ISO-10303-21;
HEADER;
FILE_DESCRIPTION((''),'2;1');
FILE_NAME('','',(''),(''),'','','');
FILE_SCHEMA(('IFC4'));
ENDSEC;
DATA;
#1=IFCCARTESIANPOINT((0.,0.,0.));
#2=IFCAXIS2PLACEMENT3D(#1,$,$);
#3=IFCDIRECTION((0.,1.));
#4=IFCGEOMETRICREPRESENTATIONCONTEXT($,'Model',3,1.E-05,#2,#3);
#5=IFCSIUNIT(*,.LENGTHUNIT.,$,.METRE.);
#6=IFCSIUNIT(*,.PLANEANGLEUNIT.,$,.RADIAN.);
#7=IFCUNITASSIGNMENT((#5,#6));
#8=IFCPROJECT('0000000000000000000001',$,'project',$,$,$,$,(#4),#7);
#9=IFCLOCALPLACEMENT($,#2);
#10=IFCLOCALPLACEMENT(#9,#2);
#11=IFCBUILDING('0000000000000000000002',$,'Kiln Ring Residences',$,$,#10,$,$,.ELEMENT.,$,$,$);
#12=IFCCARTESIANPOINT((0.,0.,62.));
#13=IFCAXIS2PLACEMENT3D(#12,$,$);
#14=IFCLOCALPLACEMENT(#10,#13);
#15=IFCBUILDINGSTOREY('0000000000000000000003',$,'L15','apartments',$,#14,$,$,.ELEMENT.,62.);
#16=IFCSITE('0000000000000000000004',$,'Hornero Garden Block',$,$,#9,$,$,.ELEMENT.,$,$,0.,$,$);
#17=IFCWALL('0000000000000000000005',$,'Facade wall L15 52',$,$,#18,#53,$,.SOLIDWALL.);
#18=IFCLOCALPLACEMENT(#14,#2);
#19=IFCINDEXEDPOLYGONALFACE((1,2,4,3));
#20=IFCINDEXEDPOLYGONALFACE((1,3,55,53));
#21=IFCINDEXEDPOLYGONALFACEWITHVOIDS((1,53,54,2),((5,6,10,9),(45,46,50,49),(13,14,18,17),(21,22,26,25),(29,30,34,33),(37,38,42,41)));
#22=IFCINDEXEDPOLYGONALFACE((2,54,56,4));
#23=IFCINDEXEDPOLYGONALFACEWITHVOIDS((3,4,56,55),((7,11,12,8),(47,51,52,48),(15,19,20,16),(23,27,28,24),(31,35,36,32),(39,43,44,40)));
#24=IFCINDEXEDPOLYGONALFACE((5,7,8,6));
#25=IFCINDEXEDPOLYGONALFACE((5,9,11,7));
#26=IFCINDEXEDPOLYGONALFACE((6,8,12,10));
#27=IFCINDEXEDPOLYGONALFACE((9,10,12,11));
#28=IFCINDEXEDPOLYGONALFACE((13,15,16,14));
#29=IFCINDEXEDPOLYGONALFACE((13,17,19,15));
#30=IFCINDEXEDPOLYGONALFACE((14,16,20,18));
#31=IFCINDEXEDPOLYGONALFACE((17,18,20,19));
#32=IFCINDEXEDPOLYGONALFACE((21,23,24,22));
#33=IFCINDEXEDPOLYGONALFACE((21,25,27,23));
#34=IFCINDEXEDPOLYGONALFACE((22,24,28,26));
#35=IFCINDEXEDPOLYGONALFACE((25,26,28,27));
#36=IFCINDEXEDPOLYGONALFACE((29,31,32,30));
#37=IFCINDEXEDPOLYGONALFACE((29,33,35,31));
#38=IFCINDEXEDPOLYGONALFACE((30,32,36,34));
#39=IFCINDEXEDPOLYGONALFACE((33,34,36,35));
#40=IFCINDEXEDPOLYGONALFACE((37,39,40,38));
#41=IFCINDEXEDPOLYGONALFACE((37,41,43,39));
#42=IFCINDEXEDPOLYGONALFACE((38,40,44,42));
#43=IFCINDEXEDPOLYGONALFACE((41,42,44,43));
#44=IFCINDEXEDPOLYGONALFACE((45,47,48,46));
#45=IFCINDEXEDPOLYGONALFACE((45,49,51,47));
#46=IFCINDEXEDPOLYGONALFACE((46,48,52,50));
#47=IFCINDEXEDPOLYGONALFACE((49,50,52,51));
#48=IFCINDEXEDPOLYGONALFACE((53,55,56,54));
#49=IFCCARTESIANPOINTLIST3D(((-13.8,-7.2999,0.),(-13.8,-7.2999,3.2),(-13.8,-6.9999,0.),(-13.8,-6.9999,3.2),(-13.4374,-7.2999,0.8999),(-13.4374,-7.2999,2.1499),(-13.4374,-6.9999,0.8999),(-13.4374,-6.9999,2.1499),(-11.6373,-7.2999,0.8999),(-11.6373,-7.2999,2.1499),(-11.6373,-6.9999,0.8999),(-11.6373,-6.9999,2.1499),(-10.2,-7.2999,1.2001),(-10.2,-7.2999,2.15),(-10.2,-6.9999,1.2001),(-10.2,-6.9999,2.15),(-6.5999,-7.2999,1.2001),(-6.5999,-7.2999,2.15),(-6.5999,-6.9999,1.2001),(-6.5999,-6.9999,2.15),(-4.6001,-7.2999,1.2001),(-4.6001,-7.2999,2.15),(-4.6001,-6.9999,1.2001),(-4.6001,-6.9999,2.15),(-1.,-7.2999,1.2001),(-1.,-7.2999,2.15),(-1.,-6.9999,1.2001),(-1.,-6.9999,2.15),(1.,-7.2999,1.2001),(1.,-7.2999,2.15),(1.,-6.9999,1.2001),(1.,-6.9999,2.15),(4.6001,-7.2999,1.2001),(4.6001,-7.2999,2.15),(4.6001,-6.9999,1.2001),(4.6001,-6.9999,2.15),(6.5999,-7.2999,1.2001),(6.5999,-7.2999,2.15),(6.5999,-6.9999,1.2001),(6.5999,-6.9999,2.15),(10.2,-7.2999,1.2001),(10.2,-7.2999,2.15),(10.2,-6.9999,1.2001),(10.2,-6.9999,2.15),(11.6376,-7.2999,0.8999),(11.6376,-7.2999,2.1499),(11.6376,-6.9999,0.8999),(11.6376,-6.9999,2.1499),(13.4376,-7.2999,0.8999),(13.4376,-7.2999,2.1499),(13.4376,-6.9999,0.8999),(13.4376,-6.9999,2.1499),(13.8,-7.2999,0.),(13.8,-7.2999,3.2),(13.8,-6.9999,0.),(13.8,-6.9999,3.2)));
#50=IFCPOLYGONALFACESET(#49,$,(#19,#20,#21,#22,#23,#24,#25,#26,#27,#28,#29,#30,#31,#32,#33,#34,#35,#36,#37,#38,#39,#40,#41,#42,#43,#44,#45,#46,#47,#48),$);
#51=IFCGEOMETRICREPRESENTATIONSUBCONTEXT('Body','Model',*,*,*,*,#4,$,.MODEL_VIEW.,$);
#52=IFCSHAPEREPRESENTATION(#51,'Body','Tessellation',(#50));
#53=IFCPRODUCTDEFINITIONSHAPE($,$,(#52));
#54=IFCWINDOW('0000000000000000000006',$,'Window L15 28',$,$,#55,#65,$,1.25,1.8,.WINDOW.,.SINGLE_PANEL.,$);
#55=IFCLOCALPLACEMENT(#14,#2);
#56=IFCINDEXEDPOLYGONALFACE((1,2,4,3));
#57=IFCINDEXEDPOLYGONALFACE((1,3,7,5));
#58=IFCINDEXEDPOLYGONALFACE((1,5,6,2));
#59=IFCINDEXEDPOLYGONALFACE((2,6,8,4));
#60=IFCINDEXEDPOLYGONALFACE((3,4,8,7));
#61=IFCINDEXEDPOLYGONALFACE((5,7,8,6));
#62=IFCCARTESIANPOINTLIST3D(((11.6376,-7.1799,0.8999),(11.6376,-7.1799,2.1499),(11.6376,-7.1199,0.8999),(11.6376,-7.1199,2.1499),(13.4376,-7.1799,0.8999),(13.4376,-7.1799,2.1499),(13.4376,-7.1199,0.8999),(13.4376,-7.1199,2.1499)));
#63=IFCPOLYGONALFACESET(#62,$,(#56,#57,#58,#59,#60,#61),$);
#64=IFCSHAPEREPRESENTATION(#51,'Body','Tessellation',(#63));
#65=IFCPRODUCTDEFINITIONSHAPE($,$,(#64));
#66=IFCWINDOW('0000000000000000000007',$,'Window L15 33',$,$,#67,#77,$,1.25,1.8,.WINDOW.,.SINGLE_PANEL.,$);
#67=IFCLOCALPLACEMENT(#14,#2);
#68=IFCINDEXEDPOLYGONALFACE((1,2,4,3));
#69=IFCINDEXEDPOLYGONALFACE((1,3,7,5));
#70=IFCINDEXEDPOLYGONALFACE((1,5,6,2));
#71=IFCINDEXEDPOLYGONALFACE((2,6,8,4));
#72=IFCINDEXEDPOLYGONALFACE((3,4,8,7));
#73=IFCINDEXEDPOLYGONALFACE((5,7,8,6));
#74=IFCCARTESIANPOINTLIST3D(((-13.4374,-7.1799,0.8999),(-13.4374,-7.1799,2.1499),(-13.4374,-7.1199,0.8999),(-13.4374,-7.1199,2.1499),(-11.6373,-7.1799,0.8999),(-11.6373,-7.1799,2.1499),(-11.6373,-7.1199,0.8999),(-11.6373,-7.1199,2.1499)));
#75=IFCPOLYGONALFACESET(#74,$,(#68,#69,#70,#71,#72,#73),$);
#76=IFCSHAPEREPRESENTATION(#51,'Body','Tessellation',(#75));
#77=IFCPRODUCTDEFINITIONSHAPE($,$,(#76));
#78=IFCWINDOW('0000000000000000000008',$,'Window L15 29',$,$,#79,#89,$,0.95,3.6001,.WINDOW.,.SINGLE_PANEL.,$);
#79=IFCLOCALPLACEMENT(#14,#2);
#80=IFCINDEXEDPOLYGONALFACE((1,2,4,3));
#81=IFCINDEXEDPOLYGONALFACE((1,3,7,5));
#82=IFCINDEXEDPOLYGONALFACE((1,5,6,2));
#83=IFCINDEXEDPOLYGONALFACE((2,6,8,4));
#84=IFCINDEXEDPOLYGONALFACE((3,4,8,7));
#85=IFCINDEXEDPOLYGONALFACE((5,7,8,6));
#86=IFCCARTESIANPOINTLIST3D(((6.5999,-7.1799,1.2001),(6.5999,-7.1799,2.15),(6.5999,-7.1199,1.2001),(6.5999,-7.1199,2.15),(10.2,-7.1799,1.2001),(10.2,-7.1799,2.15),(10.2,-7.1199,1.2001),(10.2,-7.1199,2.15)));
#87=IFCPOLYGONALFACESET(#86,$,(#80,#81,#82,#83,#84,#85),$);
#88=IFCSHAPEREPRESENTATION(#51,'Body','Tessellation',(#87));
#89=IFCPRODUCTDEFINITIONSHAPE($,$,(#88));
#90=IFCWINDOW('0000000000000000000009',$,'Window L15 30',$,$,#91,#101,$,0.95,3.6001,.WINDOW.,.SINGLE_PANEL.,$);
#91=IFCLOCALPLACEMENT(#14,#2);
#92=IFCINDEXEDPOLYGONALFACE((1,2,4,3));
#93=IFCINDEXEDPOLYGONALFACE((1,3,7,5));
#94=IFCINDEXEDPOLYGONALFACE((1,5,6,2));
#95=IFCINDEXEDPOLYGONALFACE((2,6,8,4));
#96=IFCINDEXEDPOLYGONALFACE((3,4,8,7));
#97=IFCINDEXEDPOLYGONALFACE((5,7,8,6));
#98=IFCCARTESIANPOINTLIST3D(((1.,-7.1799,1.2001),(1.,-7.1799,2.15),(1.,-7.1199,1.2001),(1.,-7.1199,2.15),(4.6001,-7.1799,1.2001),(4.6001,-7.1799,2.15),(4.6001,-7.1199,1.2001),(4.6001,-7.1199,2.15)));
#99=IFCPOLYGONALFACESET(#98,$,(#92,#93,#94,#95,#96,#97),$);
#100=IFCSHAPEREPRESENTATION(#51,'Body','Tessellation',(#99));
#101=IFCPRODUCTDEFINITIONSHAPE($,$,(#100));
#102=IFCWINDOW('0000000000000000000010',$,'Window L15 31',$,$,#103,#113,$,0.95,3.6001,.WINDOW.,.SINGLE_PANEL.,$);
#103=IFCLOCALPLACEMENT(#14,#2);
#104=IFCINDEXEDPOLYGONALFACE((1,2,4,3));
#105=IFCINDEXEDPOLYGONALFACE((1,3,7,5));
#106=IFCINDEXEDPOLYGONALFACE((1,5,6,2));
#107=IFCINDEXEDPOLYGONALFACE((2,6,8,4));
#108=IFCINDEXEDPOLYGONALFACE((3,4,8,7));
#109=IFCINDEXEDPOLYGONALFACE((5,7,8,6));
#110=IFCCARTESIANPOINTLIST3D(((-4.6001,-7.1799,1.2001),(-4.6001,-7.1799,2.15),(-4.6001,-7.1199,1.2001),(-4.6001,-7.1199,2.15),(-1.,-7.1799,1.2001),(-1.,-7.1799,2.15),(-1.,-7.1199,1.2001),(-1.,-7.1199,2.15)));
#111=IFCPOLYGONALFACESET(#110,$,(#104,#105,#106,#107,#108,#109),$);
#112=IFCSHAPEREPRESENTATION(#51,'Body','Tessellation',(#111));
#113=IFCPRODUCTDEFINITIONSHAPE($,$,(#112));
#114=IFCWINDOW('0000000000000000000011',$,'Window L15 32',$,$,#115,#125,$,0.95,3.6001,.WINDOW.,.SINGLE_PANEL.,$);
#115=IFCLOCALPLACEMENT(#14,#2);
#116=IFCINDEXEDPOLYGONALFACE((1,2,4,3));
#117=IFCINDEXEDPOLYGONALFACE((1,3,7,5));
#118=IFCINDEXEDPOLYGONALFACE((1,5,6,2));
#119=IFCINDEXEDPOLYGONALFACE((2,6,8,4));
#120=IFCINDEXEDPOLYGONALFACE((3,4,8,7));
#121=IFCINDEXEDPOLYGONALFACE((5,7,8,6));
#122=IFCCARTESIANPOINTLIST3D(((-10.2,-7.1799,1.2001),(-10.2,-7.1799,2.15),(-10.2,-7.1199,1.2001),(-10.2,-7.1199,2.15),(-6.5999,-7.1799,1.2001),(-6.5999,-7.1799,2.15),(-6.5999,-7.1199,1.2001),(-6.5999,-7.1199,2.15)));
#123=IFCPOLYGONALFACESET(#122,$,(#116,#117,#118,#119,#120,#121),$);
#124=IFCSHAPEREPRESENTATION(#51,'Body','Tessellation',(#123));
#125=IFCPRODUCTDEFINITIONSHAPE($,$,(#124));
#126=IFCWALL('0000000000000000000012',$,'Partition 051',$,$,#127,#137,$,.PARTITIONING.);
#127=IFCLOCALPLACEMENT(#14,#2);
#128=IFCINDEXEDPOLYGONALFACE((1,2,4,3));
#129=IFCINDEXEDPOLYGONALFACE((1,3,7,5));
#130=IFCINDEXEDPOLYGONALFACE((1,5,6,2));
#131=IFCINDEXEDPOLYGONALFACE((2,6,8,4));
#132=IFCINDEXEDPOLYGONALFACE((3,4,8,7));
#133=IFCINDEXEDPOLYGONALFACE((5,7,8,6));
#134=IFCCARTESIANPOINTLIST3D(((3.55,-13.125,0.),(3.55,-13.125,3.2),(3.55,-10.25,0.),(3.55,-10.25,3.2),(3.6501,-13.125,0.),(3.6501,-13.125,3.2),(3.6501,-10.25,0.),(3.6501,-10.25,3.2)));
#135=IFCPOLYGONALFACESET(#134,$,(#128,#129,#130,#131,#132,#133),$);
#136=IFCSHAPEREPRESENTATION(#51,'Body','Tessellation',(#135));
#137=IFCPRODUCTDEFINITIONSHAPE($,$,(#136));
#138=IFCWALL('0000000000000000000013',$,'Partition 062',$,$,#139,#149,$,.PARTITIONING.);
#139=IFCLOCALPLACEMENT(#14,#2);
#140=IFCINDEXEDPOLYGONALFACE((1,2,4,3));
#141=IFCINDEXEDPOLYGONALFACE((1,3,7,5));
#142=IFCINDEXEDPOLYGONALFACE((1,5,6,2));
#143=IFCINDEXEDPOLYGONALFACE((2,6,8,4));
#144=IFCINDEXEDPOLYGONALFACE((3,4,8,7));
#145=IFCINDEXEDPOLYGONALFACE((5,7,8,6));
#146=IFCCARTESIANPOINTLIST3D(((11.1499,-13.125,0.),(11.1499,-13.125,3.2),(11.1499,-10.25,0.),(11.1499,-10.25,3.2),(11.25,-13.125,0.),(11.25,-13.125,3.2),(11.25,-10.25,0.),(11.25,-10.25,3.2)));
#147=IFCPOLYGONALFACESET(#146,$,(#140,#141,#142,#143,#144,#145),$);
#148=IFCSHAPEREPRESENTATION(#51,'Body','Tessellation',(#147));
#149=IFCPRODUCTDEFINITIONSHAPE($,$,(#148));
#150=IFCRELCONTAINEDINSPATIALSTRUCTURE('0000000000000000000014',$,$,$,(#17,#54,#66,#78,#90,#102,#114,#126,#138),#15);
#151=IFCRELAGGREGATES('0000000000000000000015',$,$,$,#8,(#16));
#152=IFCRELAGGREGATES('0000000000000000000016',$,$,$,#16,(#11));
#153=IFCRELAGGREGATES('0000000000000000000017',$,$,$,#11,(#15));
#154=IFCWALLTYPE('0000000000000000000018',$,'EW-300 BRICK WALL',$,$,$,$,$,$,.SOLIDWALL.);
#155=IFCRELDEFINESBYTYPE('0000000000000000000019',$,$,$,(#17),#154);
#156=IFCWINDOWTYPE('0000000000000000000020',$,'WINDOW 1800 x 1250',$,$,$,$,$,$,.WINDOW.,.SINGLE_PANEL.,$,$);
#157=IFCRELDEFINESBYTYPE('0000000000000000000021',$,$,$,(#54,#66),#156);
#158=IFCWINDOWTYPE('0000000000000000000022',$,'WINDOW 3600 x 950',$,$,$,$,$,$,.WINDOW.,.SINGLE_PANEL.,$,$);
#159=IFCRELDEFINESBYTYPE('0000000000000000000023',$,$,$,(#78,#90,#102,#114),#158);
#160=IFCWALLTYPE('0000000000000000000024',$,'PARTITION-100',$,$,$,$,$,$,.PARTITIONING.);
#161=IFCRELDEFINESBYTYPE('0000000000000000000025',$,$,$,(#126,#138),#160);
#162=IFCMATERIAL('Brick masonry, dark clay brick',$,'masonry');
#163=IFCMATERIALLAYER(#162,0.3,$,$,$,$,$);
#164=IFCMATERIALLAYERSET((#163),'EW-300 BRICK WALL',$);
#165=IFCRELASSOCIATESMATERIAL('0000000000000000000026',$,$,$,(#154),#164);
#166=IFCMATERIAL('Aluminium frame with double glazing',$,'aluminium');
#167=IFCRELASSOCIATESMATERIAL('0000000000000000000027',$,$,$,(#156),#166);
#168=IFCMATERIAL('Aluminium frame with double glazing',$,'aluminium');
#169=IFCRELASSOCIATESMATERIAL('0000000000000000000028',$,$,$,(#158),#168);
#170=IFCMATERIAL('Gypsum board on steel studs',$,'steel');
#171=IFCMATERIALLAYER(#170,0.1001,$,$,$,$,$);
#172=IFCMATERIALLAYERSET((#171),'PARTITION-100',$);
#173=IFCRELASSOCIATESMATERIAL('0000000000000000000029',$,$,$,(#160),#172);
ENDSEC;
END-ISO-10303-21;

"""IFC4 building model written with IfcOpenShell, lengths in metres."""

from ifc_helpers import new_model, si_unit, direction, frame, frame_2d, origin, place, context, subcontext, project, spatial, rectangle, extrude, material, layer, layer_set, type_object, element, fill, save


model = new_model("IFC4")

# Units and contexts
model_context = context("Model", 3, precision=1e-05, world=origin(), true_north=direction((0.0, 1.0)))
body_context = subcontext(model_context, "Body", "Model", "MODEL_VIEW")
ifc_project = project(units=[si_unit("LENGTHUNIT", "METRE"), si_unit("PLANEANGLEUNIT", "RADIAN")], contexts=[model_context])

# Site, building, storey
site_placement = place(None, origin())
site = spatial("IfcSite", under=ifc_project, at=site_placement, Name="Hornero Garden Block", CompositionType="ELEMENT", RefElevation=0.0)
building_placement = place(site_placement, origin())
building = spatial("IfcBuilding", under=site, at=building_placement, Name="Kiln Ring Residences", CompositionType="ELEMENT")
storey_placement = place(building_placement, frame((0.0, 0.0, 62.0)))
storey = spatial("IfcBuildingStorey", under=building, at=storey_placement, Name="L15", Description="apartments", CompositionType="ELEMENT", Elevation=62.0)

# Wall, openings, windows
ifc_material_1 = material(Name="Brick masonry, dark clay brick", Category="masonry")
ifc_layer_1 = layer(ifc_material_1, 0.3)
ifc_layer_set_1 = layer_set([ifc_layer_1], Name="EW-300 BRICK WALL")
wall_type_1 = type_object("IfcWallType", Name="EW-300 BRICK WALL", PredefinedType="SOLIDWALL", material=ifc_layer_set_1)
wall_1_placement = place(storey_placement, frame((13.8, -7.1499, 0.0), z_axis=(0.0, 0.0, 1.0), x_axis=(-1.0, 0.0, 0.0)))
wall_1 = element("IfcWall", 1, at=wall_1_placement, inside=storey, type_object=wall_type_1, Name="Facade wall L15 52", PredefinedType="SOLIDWALL", context=body_context, shape_type="SweptSolid", body=[
    extrude(rectangle(XDim=27.6001, YDim=0.3, at=frame_2d((13.8, 0.0))), origin(), (0.0, 0.0, 1.0), 3.2),
])
opening_1_placement = place(wall_1_placement, frame((0.3625, 0.0, 0.8999)))
opening_1 = element("IfcOpeningElement", 2, at=opening_1_placement, cuts=wall_1, PredefinedType="OPENING", context=body_context, shape_type="SweptSolid", body=[
    extrude(rectangle(XDim=1.8, YDim=1.25, at=frame_2d((0.8999, 0.625))), frame((0.0, 0.1599, 0.0), z_axis=(0.0, -1.0, 0.0), x_axis=(1.0, 0.0, 0.0)), (0.0, 0.0, 1.0), 0.3201),
])
opening_2_placement = place(wall_1_placement, frame((3.6001, 0.0, 1.2)))
opening_2 = element("IfcOpeningElement", 3, at=opening_2_placement, cuts=wall_1, PredefinedType="OPENING", context=body_context, shape_type="SweptSolid", body=[
    extrude(rectangle(XDim=3.6001, YDim=0.95, at=frame_2d((1.8, 0.4751))), frame((0.0, 0.1599, 0.0), z_axis=(0.0, -1.0, 0.0), x_axis=(1.0, 0.0, 0.0)), (0.0, 0.0, 1.0), 0.3201),
])
opening_3_placement = place(wall_1_placement, frame((9.2, 0.0, 1.2)))
opening_3 = element("IfcOpeningElement", 4, at=opening_3_placement, cuts=wall_1, PredefinedType="OPENING", context=body_context, shape_type="SweptSolid", body=[
    extrude(rectangle(XDim=3.6001, YDim=0.95, at=frame_2d((1.8, 0.4751))), frame((0.0, 0.1599, 0.0), z_axis=(0.0, -1.0, 0.0), x_axis=(1.0, 0.0, 0.0)), (0.0, 0.0, 1.0), 0.3201),
])
opening_4_placement = place(wall_1_placement, frame((14.8, 0.0, 1.2)))
opening_4 = element("IfcOpeningElement", 5, at=opening_4_placement, cuts=wall_1, PredefinedType="OPENING", context=body_context, shape_type="SweptSolid", body=[
    extrude(rectangle(XDim=3.6001, YDim=0.95, at=frame_2d((1.8, 0.4751))), frame((0.0, 0.1599, 0.0), z_axis=(0.0, -1.0, 0.0), x_axis=(1.0, 0.0, 0.0)), (0.0, 0.0, 1.0), 0.3201),
])
opening_5_placement = place(wall_1_placement, frame((20.3999, 0.0, 1.2)))
opening_5 = element("IfcOpeningElement", 6, at=opening_5_placement, cuts=wall_1, PredefinedType="OPENING", context=body_context, shape_type="SweptSolid", body=[
    extrude(rectangle(XDim=3.6001, YDim=0.95, at=frame_2d((1.8, 0.4751))), frame((0.0, 0.1599, 0.0), z_axis=(0.0, -1.0, 0.0), x_axis=(1.0, 0.0, 0.0)), (0.0, 0.0, 1.0), 0.3201),
])
opening_6_placement = place(wall_1_placement, frame((25.4375, 0.0, 0.8999)))
opening_6 = element("IfcOpeningElement", 7, at=opening_6_placement, cuts=wall_1, PredefinedType="OPENING", context=body_context, shape_type="SweptSolid", body=[
    extrude(rectangle(XDim=1.8, YDim=1.25, at=frame_2d((0.8999, 0.625))), frame((0.0, 0.1599, 0.0), z_axis=(0.0, -1.0, 0.0), x_axis=(1.0, 0.0, 0.0)), (0.0, 0.0, 1.0), 0.3201),
])
ifc_material_2 = material(Name="Aluminium frame with double glazing", Category="aluminium")
window_type_1 = type_object("IfcWindowType", Name="WINDOW 1800 x 1250", PartitioningType="SINGLE_PANEL", PredefinedType="WINDOW", material=ifc_material_2)
window_1_placement = place(opening_1_placement, origin())
window_1 = element("IfcWindow", 8, at=window_1_placement, inside=storey, type_object=window_type_1, Name="Window L15 28", OverallHeight=1.25, OverallWidth=1.8, PartitioningType="SINGLE_PANEL", PredefinedType="WINDOW", context=body_context, shape_type="SweptSolid", body=[
    extrude(rectangle(XDim=1.8, YDim=1.25, at=frame_2d((0.8999, 0.625))), frame((0.0, 0.03, 0.0), z_axis=(0.0, -1.0, 0.0), x_axis=(1.0, 0.0, 0.0)), (0.0, 0.0, 1.0), 0.0601),
])
fill(opening_1, window_1)
window_2_placement = place(opening_6_placement, origin())
window_2 = element("IfcWindow", 9, at=window_2_placement, inside=storey, type_object=window_type_1, Name="Window L15 33", OverallHeight=1.25, OverallWidth=1.8, PartitioningType="SINGLE_PANEL", PredefinedType="WINDOW", context=body_context, shape_type="SweptSolid", body=[
    extrude(rectangle(XDim=1.8, YDim=1.25, at=frame_2d((0.8999, 0.625))), frame((0.0, 0.03, 0.0), z_axis=(0.0, -1.0, 0.0), x_axis=(1.0, 0.0, 0.0)), (0.0, 0.0, 1.0), 0.0601),
])
fill(opening_6, window_2)
ifc_material_3 = material(Name="Aluminium frame with double glazing", Category="aluminium")
window_type_2 = type_object("IfcWindowType", Name="WINDOW 3600 x 950", PartitioningType="SINGLE_PANEL", PredefinedType="WINDOW", material=ifc_material_3)
window_3_placement = place(opening_2_placement, origin())
window_3 = element("IfcWindow", 10, at=window_3_placement, inside=storey, type_object=window_type_2, Name="Window L15 29", OverallHeight=0.95, OverallWidth=3.6001, PartitioningType="SINGLE_PANEL", PredefinedType="WINDOW", context=body_context, shape_type="SweptSolid", body=[
    extrude(rectangle(XDim=3.6001, YDim=0.95, at=frame_2d((1.8, 0.4751))), frame((0.0, 0.03, 0.0), z_axis=(0.0, -1.0, 0.0), x_axis=(1.0, 0.0, 0.0)), (0.0, 0.0, 1.0), 0.0601),
])
fill(opening_2, window_3)
window_4_placement = place(opening_3_placement, origin())
window_4 = element("IfcWindow", 11, at=window_4_placement, inside=storey, type_object=window_type_2, Name="Window L15 30", OverallHeight=0.95, OverallWidth=3.6001, PartitioningType="SINGLE_PANEL", PredefinedType="WINDOW", context=body_context, shape_type="SweptSolid", body=[
    extrude(rectangle(XDim=3.6001, YDim=0.95, at=frame_2d((1.8, 0.4751))), frame((0.0, 0.03, 0.0), z_axis=(0.0, -1.0, 0.0), x_axis=(1.0, 0.0, 0.0)), (0.0, 0.0, 1.0), 0.0601),
])
fill(opening_3, window_4)
window_5_placement = place(opening_4_placement, origin())
window_5 = element("IfcWindow", 12, at=window_5_placement, inside=storey, type_object=window_type_2, Name="Window L15 31", OverallHeight=0.95, OverallWidth=3.6001, PartitioningType="SINGLE_PANEL", PredefinedType="WINDOW", context=body_context, shape_type="SweptSolid", body=[
    extrude(rectangle(XDim=3.6001, YDim=0.95, at=frame_2d((1.8, 0.4751))), frame((0.0, 0.03, 0.0), z_axis=(0.0, -1.0, 0.0), x_axis=(1.0, 0.0, 0.0)), (0.0, 0.0, 1.0), 0.0601),
])
fill(opening_4, window_5)
window_6_placement = place(opening_5_placement, origin())
window_6 = element("IfcWindow", 13, at=window_6_placement, inside=storey, type_object=window_type_2, Name="Window L15 32", OverallHeight=0.95, OverallWidth=3.6001, PartitioningType="SINGLE_PANEL", PredefinedType="WINDOW", context=body_context, shape_type="SweptSolid", body=[
    extrude(rectangle(XDim=3.6001, YDim=0.95, at=frame_2d((1.8, 0.4751))), frame((0.0, 0.03, 0.0), z_axis=(0.0, -1.0, 0.0), x_axis=(1.0, 0.0, 0.0)), (0.0, 0.0, 1.0), 0.0601),
])
fill(opening_5, window_6)

# Walls
ifc_material_4 = material(Name="Gypsum board on steel studs", Category="steel")
ifc_layer_2 = layer(ifc_material_4, 0.1001)
ifc_layer_set_2 = layer_set([ifc_layer_2], Name="PARTITION-100")
wall_type_2 = type_object("IfcWallType", Name="PARTITION-100", PredefinedType="PARTITIONING", material=ifc_layer_set_2)
for number, where, z_axis, x_axis, name in (
    (14, (3.6001, -13.125, 0.0), (0.0, 0.0, 1.0), (0.0, 1.0, 0.0), "Partition 051"),
    (15, (11.2, -13.125, 0.0), (0.0, 0.0, 1.0), (0.0, 1.0, 0.0), "Partition 062"),
):
    element("IfcWall", number, at=place(storey_placement, frame(where, z_axis=z_axis, x_axis=x_axis)), inside=storey, type_object=wall_type_2, Name=name, PredefinedType="PARTITIONING", context=body_context, shape_type="SweptSolid", body=[
        extrude(rectangle(XDim=2.875, YDim=0.1001, at=frame_2d((1.4375, 0.0))), origin(), (0.0, 0.0, 1.0), 3.2),
    ])

save(model, "model.ifc")
